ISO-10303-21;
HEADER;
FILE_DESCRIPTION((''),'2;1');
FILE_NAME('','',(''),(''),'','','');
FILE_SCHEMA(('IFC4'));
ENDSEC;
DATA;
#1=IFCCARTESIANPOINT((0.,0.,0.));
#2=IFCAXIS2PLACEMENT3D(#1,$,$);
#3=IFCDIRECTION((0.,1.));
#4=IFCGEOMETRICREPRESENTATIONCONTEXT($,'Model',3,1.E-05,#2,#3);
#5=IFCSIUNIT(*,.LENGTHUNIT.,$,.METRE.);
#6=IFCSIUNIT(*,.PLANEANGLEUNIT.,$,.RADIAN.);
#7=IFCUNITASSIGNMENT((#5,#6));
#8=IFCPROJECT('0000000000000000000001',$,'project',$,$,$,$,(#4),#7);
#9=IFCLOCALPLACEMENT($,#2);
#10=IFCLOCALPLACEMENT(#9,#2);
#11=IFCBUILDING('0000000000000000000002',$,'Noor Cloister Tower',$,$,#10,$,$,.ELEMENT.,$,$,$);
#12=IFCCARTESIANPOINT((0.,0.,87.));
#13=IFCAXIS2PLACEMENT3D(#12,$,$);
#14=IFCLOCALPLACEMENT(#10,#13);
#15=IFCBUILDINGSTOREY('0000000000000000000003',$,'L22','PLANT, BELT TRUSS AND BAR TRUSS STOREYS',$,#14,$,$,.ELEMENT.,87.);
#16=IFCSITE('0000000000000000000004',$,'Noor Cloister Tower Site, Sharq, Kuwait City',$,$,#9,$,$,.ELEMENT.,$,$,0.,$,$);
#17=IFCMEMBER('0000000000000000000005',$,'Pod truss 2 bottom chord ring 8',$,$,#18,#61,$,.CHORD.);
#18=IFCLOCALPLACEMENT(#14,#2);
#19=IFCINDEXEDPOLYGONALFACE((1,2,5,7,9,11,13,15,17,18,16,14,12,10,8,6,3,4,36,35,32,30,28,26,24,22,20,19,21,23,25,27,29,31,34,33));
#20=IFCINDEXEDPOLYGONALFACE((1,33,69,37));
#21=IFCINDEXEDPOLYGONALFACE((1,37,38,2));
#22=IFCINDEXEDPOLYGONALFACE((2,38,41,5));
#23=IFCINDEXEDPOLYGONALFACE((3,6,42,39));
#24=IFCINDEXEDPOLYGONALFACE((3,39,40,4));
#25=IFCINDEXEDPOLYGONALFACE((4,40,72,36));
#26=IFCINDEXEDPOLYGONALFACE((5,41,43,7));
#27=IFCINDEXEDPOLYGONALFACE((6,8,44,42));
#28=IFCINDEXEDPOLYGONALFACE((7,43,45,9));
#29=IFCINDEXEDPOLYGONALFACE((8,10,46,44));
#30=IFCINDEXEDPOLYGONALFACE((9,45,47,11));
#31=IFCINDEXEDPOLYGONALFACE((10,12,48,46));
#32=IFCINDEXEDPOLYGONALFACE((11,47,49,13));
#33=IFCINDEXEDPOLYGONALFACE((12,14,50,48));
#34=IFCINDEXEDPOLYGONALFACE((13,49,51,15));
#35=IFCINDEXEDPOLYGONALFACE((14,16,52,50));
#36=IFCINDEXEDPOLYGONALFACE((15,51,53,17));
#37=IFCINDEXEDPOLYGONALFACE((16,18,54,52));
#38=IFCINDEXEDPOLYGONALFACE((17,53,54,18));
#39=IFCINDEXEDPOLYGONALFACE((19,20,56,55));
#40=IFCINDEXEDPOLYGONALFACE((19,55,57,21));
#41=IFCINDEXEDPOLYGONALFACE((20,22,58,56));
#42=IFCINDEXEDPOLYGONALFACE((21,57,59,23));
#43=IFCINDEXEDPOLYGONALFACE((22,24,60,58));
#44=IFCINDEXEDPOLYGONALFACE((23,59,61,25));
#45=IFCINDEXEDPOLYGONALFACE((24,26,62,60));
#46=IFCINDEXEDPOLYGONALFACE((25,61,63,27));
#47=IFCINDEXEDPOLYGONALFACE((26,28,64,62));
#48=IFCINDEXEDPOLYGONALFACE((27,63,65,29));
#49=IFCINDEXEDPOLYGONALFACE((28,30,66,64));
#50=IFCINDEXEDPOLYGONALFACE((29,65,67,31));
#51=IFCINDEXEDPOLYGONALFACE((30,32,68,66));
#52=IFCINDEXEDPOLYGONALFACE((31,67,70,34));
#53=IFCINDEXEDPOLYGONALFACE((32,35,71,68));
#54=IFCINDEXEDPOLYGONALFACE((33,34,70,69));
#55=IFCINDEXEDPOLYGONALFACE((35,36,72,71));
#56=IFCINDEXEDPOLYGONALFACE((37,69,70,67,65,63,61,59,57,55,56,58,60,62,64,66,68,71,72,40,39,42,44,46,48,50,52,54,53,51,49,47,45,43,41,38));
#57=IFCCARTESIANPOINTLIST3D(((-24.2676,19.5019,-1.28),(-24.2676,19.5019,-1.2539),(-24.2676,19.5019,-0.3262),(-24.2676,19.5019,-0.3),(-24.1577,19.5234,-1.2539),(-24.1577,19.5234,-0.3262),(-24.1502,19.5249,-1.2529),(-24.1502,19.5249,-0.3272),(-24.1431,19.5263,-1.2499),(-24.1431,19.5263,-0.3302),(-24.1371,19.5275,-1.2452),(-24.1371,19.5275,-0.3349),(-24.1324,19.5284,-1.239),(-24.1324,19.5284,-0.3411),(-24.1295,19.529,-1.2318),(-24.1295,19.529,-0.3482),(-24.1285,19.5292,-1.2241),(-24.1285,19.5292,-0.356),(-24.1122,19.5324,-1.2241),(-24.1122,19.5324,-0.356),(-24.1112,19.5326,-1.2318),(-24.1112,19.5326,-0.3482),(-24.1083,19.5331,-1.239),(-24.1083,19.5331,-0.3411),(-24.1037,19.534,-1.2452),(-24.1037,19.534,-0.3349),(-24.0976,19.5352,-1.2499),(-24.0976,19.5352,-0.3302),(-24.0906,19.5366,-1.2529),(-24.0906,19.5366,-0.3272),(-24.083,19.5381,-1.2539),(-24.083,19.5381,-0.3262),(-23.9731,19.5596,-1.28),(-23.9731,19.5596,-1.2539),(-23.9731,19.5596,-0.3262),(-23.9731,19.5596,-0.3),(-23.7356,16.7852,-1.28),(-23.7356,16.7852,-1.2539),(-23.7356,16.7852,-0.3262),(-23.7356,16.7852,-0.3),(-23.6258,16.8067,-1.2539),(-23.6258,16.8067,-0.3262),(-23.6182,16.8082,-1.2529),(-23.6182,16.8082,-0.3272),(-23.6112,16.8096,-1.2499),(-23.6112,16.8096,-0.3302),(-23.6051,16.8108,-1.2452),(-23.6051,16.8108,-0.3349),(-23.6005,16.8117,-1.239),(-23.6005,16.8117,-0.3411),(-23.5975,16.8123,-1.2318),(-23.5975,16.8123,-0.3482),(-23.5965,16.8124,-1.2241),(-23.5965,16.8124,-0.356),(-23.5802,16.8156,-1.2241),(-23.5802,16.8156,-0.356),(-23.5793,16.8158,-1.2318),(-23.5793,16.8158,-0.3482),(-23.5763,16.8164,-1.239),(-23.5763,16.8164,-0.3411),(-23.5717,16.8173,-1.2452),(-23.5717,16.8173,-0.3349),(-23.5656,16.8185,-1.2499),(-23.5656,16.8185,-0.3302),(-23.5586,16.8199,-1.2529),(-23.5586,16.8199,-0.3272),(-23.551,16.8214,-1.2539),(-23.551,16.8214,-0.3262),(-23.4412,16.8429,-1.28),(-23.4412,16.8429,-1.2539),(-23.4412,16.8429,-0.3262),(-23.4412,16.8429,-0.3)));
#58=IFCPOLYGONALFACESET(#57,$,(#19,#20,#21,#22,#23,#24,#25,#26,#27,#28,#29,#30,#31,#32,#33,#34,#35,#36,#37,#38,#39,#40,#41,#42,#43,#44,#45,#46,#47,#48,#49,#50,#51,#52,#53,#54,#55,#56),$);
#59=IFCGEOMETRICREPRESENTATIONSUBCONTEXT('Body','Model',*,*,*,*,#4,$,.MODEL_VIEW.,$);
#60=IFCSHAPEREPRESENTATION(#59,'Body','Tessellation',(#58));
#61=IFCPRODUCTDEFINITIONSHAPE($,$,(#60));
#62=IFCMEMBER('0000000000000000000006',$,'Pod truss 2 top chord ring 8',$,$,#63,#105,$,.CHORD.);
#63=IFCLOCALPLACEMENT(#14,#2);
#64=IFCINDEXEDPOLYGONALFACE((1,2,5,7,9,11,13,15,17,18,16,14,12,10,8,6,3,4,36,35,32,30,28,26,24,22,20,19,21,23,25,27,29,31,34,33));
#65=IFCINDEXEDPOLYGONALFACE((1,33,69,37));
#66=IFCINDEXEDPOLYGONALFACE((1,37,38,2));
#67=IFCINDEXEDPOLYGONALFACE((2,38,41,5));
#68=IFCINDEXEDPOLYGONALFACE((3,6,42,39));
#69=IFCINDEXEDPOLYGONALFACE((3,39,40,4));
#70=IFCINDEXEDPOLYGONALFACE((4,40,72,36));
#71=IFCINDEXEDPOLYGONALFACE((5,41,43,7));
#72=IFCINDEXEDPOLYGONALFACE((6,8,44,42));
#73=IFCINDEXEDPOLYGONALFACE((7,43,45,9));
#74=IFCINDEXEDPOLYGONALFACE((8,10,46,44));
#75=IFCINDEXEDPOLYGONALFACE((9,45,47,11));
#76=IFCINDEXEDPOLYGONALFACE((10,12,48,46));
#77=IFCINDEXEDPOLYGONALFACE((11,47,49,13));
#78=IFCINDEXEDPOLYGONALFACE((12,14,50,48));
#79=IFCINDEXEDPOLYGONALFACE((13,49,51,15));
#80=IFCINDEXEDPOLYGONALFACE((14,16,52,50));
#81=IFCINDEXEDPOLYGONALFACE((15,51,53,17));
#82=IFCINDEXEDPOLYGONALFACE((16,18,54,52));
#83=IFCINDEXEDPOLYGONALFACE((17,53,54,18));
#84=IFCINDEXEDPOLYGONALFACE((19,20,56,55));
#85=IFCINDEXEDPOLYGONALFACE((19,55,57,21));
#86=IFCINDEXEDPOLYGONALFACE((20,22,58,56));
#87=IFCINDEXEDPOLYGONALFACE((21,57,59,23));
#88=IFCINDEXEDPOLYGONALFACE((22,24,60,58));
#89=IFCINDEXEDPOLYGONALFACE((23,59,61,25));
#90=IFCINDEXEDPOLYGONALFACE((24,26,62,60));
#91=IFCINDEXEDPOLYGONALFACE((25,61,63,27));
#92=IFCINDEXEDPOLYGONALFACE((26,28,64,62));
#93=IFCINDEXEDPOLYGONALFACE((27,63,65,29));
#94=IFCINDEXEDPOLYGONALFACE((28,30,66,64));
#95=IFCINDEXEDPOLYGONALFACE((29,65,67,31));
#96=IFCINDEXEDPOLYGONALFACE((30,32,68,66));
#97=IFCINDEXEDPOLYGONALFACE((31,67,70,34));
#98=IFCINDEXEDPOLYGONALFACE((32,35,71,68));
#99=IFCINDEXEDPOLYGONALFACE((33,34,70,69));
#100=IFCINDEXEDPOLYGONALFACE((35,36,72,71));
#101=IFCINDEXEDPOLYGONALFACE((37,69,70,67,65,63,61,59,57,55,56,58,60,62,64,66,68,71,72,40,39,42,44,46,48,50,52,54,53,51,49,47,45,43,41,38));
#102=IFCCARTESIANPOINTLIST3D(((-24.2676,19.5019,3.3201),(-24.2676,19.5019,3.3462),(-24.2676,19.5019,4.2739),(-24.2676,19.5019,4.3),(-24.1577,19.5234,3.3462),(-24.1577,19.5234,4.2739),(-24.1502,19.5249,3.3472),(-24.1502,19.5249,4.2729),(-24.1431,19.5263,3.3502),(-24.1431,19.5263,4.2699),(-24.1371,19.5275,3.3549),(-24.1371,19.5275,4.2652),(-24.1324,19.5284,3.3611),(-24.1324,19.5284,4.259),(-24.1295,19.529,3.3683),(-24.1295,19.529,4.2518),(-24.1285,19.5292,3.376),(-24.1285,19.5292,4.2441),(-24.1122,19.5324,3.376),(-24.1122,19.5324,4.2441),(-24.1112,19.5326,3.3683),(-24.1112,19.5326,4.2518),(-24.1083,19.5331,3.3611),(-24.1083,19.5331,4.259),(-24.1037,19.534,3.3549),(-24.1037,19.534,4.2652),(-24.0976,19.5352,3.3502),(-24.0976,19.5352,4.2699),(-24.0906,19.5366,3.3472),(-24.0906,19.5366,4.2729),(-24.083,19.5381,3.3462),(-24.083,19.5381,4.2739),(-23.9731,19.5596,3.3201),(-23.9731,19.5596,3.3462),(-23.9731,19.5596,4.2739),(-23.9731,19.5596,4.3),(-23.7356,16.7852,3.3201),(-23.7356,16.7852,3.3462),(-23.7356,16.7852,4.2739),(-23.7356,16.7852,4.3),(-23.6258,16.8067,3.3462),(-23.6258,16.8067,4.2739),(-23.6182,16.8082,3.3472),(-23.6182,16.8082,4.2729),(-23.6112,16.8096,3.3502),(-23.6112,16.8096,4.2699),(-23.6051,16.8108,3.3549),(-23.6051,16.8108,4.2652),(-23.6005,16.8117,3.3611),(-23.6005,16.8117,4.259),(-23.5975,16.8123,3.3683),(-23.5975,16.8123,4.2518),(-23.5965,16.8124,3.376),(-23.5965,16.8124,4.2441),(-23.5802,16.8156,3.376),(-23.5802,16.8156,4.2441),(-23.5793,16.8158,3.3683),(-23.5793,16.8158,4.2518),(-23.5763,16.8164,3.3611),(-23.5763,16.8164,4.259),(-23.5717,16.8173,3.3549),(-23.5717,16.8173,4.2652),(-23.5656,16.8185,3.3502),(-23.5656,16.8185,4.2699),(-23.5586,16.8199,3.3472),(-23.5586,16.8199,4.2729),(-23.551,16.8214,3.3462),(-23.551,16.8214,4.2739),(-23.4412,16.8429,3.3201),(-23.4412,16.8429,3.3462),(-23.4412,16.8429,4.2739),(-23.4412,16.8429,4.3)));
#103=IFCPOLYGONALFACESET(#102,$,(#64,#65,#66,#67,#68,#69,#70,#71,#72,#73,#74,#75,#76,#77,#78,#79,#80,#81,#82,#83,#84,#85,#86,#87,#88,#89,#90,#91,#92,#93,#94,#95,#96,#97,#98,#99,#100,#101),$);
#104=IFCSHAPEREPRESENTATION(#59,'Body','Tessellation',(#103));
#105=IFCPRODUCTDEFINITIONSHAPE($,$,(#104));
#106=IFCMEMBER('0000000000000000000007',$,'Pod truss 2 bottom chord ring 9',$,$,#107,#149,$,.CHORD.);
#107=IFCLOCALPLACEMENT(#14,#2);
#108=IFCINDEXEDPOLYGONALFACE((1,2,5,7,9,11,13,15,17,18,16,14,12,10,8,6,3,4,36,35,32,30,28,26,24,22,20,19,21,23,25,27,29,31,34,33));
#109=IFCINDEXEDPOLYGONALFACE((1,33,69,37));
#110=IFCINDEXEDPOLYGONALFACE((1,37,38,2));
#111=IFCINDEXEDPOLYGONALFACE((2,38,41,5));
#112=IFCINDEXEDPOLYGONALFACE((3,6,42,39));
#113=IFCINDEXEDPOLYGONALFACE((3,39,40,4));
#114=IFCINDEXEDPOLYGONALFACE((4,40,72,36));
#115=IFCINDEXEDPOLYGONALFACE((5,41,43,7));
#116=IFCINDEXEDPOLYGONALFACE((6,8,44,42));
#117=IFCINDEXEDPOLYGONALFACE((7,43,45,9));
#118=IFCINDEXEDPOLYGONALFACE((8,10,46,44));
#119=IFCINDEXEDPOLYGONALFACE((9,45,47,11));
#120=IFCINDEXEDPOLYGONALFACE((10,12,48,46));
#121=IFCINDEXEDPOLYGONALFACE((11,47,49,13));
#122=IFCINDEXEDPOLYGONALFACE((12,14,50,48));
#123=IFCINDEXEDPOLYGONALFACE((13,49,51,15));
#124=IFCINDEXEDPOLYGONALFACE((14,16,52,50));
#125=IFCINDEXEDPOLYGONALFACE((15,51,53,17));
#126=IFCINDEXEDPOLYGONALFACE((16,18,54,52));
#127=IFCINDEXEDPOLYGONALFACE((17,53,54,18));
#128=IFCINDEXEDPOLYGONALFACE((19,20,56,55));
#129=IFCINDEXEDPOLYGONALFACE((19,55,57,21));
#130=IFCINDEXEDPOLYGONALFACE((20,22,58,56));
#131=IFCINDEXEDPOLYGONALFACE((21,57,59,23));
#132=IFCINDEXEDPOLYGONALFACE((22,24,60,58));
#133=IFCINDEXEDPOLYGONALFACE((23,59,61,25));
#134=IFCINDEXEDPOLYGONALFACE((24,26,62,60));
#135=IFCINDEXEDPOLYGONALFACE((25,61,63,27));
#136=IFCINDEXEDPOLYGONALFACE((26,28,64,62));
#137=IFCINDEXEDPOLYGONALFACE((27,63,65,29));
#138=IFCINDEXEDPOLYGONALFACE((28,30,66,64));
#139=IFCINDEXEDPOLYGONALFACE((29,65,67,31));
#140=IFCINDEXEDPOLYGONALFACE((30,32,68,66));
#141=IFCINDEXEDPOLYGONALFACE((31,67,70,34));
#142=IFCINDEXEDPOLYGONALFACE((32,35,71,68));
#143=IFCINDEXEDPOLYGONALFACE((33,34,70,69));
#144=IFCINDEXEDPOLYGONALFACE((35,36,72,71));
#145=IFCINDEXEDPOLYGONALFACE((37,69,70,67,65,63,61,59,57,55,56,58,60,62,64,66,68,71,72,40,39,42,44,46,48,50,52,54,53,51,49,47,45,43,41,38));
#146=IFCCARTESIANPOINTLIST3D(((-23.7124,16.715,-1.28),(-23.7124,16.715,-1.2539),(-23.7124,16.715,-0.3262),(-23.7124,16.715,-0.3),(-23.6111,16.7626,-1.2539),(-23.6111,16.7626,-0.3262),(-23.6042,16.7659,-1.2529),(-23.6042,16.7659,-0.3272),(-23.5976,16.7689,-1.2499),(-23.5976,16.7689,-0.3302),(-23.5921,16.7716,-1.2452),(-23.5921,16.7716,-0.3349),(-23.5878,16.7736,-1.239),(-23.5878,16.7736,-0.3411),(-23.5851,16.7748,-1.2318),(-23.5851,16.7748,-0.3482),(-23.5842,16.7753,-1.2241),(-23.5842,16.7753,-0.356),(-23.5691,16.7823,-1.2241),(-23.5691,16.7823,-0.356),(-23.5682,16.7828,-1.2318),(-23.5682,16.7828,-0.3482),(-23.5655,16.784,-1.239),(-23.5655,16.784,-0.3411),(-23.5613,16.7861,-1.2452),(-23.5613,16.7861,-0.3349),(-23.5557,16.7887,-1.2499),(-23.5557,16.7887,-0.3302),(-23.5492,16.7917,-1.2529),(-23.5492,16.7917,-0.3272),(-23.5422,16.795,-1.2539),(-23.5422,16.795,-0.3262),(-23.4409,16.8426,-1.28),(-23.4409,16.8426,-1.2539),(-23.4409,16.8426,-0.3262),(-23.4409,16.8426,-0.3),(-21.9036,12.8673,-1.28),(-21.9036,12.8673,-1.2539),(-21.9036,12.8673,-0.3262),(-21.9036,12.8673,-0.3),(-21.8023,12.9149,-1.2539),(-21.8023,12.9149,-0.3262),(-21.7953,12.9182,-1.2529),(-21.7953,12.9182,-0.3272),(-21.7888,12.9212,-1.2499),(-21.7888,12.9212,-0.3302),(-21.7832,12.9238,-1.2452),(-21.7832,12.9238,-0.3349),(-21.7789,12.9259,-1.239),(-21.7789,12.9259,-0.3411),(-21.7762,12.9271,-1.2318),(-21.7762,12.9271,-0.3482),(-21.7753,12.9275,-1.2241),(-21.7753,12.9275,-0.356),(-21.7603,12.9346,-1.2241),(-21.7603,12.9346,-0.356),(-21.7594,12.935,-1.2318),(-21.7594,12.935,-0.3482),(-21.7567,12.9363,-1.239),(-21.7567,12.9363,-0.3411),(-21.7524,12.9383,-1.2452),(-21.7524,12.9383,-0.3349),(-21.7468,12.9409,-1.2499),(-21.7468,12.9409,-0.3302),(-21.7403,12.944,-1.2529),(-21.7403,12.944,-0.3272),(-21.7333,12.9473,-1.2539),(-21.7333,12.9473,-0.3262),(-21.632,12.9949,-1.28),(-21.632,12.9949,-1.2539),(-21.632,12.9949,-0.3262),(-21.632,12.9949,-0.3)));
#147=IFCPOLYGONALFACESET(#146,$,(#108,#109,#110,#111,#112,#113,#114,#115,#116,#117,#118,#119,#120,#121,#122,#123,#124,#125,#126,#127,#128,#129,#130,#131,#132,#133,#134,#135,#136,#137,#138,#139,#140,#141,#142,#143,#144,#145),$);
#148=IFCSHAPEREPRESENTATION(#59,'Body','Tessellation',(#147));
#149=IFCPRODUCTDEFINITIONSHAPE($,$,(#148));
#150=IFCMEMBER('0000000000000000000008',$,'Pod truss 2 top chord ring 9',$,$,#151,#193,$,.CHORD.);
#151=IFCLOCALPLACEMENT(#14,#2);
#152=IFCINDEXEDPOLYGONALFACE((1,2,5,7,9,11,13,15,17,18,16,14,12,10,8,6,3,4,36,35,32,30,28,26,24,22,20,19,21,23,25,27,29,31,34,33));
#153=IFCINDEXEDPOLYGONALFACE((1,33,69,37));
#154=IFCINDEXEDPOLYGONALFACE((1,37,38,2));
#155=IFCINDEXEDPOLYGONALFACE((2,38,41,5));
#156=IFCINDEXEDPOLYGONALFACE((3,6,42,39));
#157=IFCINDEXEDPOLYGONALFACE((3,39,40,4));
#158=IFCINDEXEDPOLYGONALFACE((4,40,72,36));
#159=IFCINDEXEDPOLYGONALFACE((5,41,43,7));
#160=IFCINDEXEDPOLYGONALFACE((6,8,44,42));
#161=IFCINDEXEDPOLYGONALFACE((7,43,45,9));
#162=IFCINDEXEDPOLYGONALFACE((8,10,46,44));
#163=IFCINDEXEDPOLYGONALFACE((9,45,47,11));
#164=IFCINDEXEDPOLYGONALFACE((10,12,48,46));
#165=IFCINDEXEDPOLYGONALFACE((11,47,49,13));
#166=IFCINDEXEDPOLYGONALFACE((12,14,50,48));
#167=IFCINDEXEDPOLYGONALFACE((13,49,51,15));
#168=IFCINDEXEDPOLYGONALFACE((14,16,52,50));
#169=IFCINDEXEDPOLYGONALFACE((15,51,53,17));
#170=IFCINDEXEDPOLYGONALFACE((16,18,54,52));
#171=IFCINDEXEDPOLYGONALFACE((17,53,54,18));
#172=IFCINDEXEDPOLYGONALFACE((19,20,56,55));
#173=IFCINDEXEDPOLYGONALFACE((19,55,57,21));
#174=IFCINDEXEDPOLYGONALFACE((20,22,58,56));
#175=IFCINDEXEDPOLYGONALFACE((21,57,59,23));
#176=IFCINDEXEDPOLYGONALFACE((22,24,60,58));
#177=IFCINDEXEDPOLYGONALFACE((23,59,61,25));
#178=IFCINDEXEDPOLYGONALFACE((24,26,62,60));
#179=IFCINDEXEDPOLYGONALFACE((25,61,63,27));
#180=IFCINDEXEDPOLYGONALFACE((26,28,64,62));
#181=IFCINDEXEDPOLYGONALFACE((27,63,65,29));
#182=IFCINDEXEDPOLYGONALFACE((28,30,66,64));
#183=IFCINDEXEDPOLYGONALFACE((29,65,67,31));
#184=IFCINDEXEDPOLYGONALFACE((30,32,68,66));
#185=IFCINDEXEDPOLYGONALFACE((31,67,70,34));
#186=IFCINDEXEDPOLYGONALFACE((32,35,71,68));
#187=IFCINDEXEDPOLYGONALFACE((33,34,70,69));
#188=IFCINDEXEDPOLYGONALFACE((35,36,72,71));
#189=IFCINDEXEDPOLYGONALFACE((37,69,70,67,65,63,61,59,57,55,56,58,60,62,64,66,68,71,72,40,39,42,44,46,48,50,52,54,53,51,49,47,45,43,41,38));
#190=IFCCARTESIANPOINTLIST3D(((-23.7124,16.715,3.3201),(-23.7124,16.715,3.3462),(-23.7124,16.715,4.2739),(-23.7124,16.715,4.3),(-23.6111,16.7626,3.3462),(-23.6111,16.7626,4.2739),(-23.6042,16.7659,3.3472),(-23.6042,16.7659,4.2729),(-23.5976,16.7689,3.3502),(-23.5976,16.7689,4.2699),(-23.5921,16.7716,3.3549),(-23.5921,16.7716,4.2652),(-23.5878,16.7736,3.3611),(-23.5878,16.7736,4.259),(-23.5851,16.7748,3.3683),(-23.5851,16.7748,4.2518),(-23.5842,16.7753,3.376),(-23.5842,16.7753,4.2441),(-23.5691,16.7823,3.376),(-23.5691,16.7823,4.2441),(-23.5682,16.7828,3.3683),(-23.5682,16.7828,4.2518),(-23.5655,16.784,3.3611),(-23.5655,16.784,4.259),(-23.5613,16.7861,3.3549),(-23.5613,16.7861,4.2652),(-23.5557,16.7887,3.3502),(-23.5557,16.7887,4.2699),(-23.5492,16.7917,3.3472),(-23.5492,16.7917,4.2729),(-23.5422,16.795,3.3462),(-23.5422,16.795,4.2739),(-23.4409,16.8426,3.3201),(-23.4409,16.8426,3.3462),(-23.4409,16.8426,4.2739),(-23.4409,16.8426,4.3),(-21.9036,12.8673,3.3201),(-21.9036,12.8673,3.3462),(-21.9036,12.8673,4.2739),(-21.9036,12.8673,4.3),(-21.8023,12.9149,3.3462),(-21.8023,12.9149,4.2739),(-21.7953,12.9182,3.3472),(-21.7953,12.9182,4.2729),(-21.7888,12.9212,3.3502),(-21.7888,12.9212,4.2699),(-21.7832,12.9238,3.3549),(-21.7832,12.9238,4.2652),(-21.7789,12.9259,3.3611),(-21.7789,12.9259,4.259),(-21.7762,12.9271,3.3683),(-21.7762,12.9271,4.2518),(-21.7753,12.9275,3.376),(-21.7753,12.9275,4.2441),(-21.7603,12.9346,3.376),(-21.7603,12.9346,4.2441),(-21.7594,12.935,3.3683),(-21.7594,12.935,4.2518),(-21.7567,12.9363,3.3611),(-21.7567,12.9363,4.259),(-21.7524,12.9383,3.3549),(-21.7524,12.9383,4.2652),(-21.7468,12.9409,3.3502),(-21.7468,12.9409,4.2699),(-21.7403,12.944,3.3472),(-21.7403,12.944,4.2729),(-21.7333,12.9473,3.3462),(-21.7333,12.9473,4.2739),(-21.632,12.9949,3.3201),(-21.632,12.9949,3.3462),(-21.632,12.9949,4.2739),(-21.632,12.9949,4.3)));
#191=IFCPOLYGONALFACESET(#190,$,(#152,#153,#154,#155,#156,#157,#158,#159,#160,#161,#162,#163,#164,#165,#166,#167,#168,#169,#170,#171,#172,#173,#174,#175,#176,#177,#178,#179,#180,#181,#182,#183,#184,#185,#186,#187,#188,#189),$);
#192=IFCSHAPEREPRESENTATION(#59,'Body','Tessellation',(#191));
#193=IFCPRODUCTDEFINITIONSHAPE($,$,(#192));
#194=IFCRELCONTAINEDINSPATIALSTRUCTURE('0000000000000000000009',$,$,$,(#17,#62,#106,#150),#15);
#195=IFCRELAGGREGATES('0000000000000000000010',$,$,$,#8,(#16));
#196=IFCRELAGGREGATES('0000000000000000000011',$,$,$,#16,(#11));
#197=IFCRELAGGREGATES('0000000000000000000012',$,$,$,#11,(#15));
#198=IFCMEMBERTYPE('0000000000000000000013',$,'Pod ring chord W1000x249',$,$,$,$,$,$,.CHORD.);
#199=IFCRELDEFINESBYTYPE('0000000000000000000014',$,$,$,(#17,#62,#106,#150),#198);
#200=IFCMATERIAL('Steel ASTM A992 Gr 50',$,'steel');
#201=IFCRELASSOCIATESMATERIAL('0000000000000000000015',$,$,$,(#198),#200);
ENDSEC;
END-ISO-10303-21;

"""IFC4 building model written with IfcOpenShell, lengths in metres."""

from ifc_helpers import new_model, si_unit, direction, frame, origin, origin_2d, place, context, subcontext, project, spatial, i_section, extrude, material, material_profile, profile_set, type_object, element, save


model = new_model("IFC4")

# Units and contexts
model_context = context("Model", 3, precision=1e-05, world=origin(), true_north=direction((0.0, 1.0)))
body_context = subcontext(model_context, "Body", "Model", "MODEL_VIEW")
ifc_project = project(units=[si_unit("LENGTHUNIT", "METRE"), si_unit("PLANEANGLEUNIT", "RADIAN")], contexts=[model_context])

# Site, building, storey
site_placement = place(None, origin())
site = spatial("IfcSite", under=ifc_project, at=site_placement, Name="Noor Cloister Tower Site, Sharq, Kuwait City", CompositionType="ELEMENT", RefElevation=0.0)
building_placement = place(site_placement, origin())
building = spatial("IfcBuilding", under=site, at=building_placement, Name="Noor Cloister Tower", CompositionType="ELEMENT")
storey_placement = place(building_placement, frame((0.0, 0.0, 87.0)))
storey = spatial("IfcBuildingStorey", under=building, at=storey_placement, Name="L22", Description="PLANT, BELT TRUSS AND BAR TRUSS STOREYS", CompositionType="ELEMENT", Elevation=87.0)

# Members
ifc_material_1 = material(Name="Steel ASTM A992 Gr 50", Category="steel")
ifc_material_profile_1 = material_profile(ifc_material_1, i_section(OverallWidth=0.3, OverallDepth=0.98, WebThickness=0.0166, FlangeThickness=0.0261, FilletRadius=0.0298, at=origin_2d()), Name="W1000x249")
ifc_profile_set_1 = profile_set([ifc_material_profile_1], Name="Steel ASTM A992 Gr 50")
member_type_1 = type_object("IfcMemberType", Name="Pod ring chord W1000x249", PredefinedType="CHORD", material=ifc_profile_set_1)
for number, where, z_axis, x_axis, name in (
    (1, (-24.1204, 19.5308, -0.79), (0.192163, -0.981363, 0.0), (0.981363, 0.192163, 0.0), "Pod truss 2 bottom chord ring 8"),
    (2, (-24.1204, 19.5308, 3.8101), (0.192163, -0.981363, 0.0), (0.981363, 0.192163, 0.0), "Pod truss 2 top chord ring 8"),
):
    element("IfcMember", number, at=place(storey_placement, frame(where, z_axis=z_axis, x_axis=x_axis)), inside=storey, type_object=member_type_1, Name=name, PredefinedType="CHORD", context=body_context, shape_type="SweptSolid", body=[
        extrude(i_section(OverallWidth=0.3, OverallDepth=0.98, WebThickness=0.0166, FlangeThickness=0.0261, FilletRadius=0.0298, at=origin_2d()), origin(), (0.0, 0.0, 1.0), 2.7683),
    ])
for number, where, z_axis, x_axis, name in (
    (3, (-23.5767, 16.7788, -0.79), (0.425446, -0.904984, 0.0), (0.904984, 0.425446, 0.0), "Pod truss 2 bottom chord ring 9"),
    (4, (-23.5767, 16.7788, 3.8101), (0.425446, -0.904984, 0.0), (0.904984, 0.425446, 0.0), "Pod truss 2 top chord ring 9"),
):
    element("IfcMember", number, at=place(storey_placement, frame(where, z_axis=z_axis, x_axis=x_axis)), inside=storey, type_object=member_type_1, Name=name, PredefinedType="CHORD", context=body_context, shape_type="SweptSolid", body=[
        extrude(i_section(OverallWidth=0.3, OverallDepth=0.98, WebThickness=0.0166, FlangeThickness=0.0261, FilletRadius=0.0298, at=origin_2d()), origin(), (0.0, 0.0, 1.0), 4.2517),
    ])

save(model, "model.ifc")
